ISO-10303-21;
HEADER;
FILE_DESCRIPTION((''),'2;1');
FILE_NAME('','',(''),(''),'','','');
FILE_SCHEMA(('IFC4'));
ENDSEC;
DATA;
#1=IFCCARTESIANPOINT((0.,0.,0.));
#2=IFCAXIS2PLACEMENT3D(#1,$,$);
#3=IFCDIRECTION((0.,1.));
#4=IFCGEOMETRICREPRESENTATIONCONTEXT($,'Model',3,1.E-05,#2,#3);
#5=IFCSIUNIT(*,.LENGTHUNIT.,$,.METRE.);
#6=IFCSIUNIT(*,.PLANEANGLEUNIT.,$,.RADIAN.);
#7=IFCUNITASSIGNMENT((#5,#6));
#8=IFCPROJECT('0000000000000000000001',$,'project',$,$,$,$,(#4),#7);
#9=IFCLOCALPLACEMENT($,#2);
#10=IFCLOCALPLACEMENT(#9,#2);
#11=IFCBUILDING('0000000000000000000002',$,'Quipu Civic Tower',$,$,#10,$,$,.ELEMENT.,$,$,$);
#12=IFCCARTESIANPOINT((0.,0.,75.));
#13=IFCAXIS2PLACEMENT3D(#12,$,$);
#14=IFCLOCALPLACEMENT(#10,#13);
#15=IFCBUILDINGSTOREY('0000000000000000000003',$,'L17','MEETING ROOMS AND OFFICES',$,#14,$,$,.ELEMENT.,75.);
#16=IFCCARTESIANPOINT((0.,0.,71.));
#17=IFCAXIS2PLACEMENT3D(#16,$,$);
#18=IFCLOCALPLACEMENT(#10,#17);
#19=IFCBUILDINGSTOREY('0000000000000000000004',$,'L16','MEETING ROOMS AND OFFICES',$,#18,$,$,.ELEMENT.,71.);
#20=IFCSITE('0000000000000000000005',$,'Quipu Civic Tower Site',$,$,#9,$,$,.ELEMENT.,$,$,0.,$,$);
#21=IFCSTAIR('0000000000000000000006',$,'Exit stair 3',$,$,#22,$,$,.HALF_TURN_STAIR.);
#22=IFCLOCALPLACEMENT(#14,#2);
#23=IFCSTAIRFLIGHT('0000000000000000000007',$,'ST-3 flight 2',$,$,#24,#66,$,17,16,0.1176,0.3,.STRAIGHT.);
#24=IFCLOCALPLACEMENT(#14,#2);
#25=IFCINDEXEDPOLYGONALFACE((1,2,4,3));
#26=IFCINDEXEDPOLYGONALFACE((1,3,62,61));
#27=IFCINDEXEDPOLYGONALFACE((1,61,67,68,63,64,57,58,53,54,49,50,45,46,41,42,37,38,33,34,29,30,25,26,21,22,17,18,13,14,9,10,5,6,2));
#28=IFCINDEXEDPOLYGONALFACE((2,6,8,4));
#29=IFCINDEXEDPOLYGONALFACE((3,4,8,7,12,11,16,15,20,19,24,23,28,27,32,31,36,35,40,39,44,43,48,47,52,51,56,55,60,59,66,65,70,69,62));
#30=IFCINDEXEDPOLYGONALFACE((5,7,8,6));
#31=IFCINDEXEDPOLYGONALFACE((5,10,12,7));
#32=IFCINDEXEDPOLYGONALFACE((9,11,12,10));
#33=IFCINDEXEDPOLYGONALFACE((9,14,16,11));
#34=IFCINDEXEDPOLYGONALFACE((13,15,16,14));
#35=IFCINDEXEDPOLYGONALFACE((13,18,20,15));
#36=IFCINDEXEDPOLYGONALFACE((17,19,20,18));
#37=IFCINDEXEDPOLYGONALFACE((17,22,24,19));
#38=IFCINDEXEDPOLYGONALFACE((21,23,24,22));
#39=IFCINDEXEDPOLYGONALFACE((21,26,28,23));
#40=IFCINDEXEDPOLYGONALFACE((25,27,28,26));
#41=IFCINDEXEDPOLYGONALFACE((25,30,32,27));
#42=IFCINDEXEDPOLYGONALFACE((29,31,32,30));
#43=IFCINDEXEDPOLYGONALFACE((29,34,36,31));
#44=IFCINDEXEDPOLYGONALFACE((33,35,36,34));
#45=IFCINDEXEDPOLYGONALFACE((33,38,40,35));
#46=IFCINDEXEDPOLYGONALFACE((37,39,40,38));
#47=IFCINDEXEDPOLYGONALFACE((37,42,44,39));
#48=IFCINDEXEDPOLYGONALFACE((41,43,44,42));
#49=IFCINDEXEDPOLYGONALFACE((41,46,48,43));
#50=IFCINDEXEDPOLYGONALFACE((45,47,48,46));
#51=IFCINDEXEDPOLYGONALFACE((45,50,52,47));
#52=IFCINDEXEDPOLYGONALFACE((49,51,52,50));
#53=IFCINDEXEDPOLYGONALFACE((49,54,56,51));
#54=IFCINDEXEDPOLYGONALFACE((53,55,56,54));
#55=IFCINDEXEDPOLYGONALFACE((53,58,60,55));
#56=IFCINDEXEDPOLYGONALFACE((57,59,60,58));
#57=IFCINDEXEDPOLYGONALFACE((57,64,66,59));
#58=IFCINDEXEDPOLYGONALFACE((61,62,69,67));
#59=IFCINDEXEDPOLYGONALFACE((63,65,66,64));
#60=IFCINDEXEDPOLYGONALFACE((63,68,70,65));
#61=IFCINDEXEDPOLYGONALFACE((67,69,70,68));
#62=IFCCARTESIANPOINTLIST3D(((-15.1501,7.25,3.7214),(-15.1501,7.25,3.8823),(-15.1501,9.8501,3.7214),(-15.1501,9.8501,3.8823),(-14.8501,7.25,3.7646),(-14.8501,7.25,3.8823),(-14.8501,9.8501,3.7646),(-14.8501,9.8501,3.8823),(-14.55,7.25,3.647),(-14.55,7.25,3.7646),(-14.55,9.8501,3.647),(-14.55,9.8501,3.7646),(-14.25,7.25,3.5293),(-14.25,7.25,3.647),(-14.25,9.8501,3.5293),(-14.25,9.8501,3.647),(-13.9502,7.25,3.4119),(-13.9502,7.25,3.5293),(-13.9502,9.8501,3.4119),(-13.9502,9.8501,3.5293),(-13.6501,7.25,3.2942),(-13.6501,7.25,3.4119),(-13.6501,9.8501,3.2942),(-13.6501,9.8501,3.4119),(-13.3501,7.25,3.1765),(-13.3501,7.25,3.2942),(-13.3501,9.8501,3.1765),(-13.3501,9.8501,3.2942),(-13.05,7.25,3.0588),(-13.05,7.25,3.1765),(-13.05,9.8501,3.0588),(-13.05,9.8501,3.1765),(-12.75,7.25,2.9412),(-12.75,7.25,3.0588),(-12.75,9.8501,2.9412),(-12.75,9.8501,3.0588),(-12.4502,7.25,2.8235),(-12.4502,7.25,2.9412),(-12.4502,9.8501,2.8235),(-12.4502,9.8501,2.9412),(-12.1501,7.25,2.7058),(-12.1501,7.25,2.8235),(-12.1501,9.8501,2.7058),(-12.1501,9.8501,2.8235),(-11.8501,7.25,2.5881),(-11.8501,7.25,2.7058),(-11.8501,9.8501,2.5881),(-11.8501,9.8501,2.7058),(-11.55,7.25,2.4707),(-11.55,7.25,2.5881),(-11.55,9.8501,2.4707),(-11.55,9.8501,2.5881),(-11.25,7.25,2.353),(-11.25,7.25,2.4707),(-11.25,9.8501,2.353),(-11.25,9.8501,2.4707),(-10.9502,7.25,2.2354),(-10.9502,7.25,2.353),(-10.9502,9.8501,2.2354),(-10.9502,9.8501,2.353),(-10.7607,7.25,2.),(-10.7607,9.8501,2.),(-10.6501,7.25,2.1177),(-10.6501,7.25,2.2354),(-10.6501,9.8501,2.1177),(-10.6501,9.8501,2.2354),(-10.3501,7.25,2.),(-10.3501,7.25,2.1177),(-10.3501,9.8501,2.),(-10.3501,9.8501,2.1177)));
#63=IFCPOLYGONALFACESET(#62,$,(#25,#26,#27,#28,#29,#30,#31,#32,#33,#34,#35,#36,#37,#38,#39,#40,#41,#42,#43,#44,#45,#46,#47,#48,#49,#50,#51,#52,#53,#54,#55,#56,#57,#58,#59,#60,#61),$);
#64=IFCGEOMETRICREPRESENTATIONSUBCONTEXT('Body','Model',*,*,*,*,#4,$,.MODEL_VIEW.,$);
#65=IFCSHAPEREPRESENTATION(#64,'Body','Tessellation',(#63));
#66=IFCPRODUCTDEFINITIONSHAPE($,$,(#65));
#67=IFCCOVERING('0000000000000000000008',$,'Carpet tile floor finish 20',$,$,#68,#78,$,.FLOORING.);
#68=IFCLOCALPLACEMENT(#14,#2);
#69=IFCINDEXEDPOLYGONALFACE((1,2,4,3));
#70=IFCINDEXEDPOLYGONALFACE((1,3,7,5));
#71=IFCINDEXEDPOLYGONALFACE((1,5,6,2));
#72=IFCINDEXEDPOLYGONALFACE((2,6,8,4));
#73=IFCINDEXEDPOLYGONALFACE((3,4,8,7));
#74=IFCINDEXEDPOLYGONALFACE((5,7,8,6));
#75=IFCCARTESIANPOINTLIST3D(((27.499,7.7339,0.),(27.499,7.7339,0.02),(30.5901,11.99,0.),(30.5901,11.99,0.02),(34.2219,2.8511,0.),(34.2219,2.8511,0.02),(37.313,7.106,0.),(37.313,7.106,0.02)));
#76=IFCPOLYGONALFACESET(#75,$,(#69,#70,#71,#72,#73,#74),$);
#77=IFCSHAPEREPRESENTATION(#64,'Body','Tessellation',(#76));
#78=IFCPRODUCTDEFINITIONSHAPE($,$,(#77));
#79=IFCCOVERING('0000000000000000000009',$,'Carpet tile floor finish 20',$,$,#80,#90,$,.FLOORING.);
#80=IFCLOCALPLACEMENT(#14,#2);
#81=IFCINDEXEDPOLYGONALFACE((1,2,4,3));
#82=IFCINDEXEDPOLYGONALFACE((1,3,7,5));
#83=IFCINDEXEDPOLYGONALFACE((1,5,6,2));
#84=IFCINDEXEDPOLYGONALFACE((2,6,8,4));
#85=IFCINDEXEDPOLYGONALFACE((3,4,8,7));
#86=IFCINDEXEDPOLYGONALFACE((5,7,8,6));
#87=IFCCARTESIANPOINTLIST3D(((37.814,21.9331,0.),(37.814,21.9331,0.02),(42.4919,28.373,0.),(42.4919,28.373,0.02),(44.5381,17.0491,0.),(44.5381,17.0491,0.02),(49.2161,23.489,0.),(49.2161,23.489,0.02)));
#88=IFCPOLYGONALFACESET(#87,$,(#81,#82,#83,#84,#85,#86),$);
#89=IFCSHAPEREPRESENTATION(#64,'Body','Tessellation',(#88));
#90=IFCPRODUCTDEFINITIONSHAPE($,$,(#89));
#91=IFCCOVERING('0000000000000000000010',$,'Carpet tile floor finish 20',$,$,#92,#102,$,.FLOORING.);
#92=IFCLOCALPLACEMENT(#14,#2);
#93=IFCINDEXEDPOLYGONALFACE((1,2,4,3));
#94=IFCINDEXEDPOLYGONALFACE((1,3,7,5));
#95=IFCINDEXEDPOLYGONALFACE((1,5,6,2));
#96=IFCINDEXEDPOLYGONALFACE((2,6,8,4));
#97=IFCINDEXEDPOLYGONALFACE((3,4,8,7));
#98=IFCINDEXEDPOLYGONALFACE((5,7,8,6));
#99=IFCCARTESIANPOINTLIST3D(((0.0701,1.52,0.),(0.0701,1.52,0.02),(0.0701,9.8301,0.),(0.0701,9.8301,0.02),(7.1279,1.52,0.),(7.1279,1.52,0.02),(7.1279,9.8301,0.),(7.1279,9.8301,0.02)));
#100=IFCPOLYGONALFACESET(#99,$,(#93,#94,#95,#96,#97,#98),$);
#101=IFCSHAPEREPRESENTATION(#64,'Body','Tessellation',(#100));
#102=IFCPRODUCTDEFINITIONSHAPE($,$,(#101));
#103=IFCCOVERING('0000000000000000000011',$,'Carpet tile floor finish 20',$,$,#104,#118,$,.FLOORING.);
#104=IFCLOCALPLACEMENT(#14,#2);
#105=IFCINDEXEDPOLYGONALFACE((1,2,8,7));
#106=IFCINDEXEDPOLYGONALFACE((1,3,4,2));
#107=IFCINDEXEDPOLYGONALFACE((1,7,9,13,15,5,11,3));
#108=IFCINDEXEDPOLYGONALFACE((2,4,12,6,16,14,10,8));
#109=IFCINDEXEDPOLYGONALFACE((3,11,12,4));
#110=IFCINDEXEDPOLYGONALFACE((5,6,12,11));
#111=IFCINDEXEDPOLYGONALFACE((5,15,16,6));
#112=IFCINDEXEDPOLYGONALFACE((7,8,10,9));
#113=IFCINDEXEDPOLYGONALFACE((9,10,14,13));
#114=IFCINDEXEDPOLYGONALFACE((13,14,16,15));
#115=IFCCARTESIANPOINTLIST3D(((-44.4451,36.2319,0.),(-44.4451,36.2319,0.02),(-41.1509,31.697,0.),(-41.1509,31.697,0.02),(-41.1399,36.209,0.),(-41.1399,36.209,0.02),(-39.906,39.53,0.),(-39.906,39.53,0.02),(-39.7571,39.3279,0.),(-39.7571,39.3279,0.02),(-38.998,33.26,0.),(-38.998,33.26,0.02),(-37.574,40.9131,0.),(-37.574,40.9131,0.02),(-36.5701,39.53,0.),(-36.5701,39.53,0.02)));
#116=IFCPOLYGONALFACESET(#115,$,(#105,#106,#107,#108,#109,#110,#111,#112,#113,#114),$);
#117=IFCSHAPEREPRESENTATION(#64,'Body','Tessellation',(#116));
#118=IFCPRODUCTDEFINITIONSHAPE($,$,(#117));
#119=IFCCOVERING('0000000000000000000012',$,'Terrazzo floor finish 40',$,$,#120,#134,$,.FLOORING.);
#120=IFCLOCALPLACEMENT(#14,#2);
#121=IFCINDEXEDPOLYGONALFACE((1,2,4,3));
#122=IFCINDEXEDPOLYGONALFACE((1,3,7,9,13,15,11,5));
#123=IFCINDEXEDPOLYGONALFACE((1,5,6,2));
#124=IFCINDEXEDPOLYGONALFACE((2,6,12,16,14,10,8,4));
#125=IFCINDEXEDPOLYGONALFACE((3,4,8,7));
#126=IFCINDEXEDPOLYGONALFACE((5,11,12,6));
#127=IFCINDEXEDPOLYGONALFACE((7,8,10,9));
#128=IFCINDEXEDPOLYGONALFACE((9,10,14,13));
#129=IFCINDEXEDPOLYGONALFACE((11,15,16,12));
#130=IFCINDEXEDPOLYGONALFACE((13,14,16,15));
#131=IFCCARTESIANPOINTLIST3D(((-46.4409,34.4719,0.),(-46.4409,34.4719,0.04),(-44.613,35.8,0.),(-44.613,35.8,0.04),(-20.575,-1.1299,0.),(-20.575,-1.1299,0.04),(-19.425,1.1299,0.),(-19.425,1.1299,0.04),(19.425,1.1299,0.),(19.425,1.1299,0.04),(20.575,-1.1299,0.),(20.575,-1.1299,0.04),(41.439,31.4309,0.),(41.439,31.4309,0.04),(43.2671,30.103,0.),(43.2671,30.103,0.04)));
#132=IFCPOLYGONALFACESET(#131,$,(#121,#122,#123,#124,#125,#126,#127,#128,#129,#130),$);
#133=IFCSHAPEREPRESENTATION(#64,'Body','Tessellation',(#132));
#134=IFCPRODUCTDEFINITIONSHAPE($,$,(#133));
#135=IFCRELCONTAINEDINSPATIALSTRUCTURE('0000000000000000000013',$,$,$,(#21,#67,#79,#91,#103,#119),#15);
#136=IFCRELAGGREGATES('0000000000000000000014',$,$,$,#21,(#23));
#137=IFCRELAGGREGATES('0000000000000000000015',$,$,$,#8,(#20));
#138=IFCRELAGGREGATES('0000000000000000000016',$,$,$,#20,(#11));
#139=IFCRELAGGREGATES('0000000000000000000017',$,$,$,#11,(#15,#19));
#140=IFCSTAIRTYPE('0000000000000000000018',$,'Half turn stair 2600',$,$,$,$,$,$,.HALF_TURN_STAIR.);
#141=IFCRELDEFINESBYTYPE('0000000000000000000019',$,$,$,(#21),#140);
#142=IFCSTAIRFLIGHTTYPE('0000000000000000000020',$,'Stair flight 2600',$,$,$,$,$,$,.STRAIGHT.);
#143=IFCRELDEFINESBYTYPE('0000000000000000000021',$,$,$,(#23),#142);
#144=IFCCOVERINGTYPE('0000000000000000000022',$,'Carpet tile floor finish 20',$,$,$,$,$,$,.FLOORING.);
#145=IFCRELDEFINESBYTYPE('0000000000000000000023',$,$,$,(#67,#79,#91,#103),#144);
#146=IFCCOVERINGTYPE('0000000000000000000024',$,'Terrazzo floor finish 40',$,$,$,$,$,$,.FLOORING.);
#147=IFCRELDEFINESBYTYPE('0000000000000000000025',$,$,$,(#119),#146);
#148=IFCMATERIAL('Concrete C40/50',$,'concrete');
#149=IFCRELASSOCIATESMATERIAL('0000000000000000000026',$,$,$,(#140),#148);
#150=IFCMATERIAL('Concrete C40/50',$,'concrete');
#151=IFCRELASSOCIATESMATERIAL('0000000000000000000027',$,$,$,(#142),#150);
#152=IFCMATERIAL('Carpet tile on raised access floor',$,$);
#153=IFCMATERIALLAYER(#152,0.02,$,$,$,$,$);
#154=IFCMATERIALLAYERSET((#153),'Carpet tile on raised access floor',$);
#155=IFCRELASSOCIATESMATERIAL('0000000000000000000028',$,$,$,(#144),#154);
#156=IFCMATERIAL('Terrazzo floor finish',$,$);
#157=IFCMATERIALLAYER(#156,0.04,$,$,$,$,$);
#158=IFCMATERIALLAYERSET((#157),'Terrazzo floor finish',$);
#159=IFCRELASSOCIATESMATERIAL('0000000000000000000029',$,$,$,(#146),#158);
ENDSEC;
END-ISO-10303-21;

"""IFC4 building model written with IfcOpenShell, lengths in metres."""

from ifc_helpers import new_model, si_unit, direction, frame, origin, place, context, subcontext, project, spatial, polyline, outline, extrude, material, layer, layer_set, type_object, element, aggregate, save


model = new_model("IFC4")

# Units and contexts
model_context = context("Model", 3, precision=1e-05, world=origin(), true_north=direction((0.0, 1.0)))
body_context = subcontext(model_context, "Body", "Model", "MODEL_VIEW")
ifc_project = project(units=[si_unit("LENGTHUNIT", "METRE"), si_unit("PLANEANGLEUNIT", "RADIAN")], contexts=[model_context])

# Site, building, storey
site_placement = place(None, origin())
site = spatial("IfcSite", under=ifc_project, at=site_placement, Name="Quipu Civic Tower Site", CompositionType="ELEMENT", RefElevation=0.0)
building_placement = place(site_placement, origin())
building = spatial("IfcBuilding", under=site, at=building_placement, Name="Quipu Civic Tower", CompositionType="ELEMENT")
storey_1_placement = place(building_placement, frame((0.0, 0.0, 75.0)))
storey_1 = spatial("IfcBuildingStorey", under=building, at=storey_1_placement, Name="L17", Description="MEETING ROOMS AND OFFICES", CompositionType="ELEMENT", Elevation=75.0)

# Shared definitions
storey_2_placement = place(building_placement, frame((0.0, 0.0, 71.0)))
storey_2 = spatial("IfcBuildingStorey", under=building, at=storey_2_placement, Name="L16", Description="MEETING ROOMS AND OFFICES", CompositionType="ELEMENT", Elevation=71.0)

# Stair
ifc_material_1 = material(Name="Concrete C40/50", Category="concrete")
stair_type_1 = type_object("IfcStairType", Name="Half turn stair 2600", PredefinedType="HALF_TURN_STAIR", material=ifc_material_1)
stair_1_placement = place(storey_1_placement, origin())
stair_1 = element("IfcStair", 1, at=stair_1_placement, inside=storey_1, type_object=stair_type_1, Name="Exit stair 3", PredefinedType="HALF_TURN_STAIR")

# Stair flight
ifc_material_2 = material(Name="Concrete C40/50", Category="concrete")
stair_flight_type = type_object("IfcStairFlightType", Name="Stair flight 2600", PredefinedType="STRAIGHT", material=ifc_material_2)
stair_flight_placement = place(storey_1_placement, frame((-10.3501, 8.55, 2.0), z_axis=(0.0, 0.0, 1.0), x_axis=(-1.0, 0.0, 0.0)))
stair_flight = element("IfcStairFlight", 2, at=stair_flight_placement, type_object=stair_flight_type, Name="ST-3 flight 2", NumberOfRisers=17, NumberOfTreads=16, PredefinedType="STRAIGHT", RiserHeight=0.1176, TreadLength=0.3, context=body_context, shape_type="SweptSolid", body=[
    extrude(outline(polyline([(0.0, 0.0), (0.0, 0.1177), (0.3, 0.1177), (0.3, 0.2354), (0.6001, 0.2354), (0.6001, 0.353), (0.8999, 0.353), (0.8999, 0.4707), (1.2, 0.4707), (1.2, 0.5881), (1.5, 0.5881), (1.5, 0.7058), (1.8, 0.7058), (1.8, 0.8235), (2.1001, 0.8235), (2.1001, 0.9412), (2.3999, 0.9412), (2.3999, 1.0588), (2.7, 1.0588), (2.7, 1.1765), (3.0, 1.1765), (3.0, 1.2942), (3.3, 1.2942), (3.3, 1.4119), (3.6001, 1.4119), (3.6001, 1.5293), (3.8999, 1.5293), (3.8999, 1.647), (4.2, 1.647), (4.2, 1.7646), (4.5, 1.7646), (4.5, 1.8823), (4.8, 1.8823), (4.8, 2.0), (4.8, 1.7214), (0.4106, 0.0), (0.0, 0.0)])), frame((0.0, 1.3, 0.0), z_axis=(0.0, -1.0, 0.0), x_axis=(1.0, 0.0, 0.0)), (0.0, 0.0, 1.0), 2.6001),
])
aggregate(stair_1, [stair_flight])

# Coverings
ifc_material_3 = material(Name="Carpet tile on raised access floor")
ifc_layer_1 = layer(ifc_material_3, 0.02)
ifc_layer_set_1 = layer_set([ifc_layer_1], Name="Carpet tile on raised access floor")
covering_type_1 = type_object("IfcCoveringType", Name="Carpet tile floor finish 20", PredefinedType="FLOORING", material=ifc_layer_set_1)
covering_1_placement = place(storey_1_placement, origin())
element("IfcCovering", 3, at=covering_1_placement, inside=storey_1, type_object=covering_type_1, Name="Carpet tile floor finish 20", PredefinedType="FLOORING", context=body_context, shape_type="SweptSolid", body=[
    extrude(outline(polyline([(27.499, 7.7339), (30.5901, 11.99), (37.313, 7.106), (34.2219, 2.8511), (27.499, 7.7339)])), origin(), (0.0, 0.0, 1.0), 0.02),
])
covering_2_placement = place(storey_1_placement, origin())
element("IfcCovering", 4, at=covering_2_placement, inside=storey_1, type_object=covering_type_1, Name="Carpet tile floor finish 20", PredefinedType="FLOORING", context=body_context, shape_type="SweptSolid", body=[
    extrude(outline(polyline([(37.814, 21.9331), (42.4919, 28.373), (49.2161, 23.489), (44.5381, 17.0491), (37.814, 21.9331)])), origin(), (0.0, 0.0, 1.0), 0.02),
])
covering_3_placement = place(storey_1_placement, origin())
element("IfcCovering", 5, at=covering_3_placement, inside=storey_1, type_object=covering_type_1, Name="Carpet tile floor finish 20", PredefinedType="FLOORING", context=body_context, shape_type="SweptSolid", body=[
    extrude(outline(polyline([(0.0701, 9.8301), (7.1279, 9.8301), (7.1279, 1.52), (0.0701, 1.52), (0.0701, 9.8301)])), origin(), (0.0, 0.0, 1.0), 0.02),
])
covering_4_placement = place(storey_1_placement, origin())
element("IfcCovering", 6, at=covering_4_placement, inside=storey_1, type_object=covering_type_1, Name="Carpet tile floor finish 20", PredefinedType="FLOORING", context=body_context, shape_type="SweptSolid", body=[
    extrude(outline(polyline([(-44.4451, 36.2319), (-39.906, 39.53), (-39.7571, 39.3279), (-37.574, 40.9131), (-36.5701, 39.53), (-41.1399, 36.209), (-38.998, 33.26), (-41.1509, 31.697), (-44.4451, 36.2319)])), origin(), (0.0, 0.0, 1.0), 0.02),
])
ifc_material_4 = material(Name="Terrazzo floor finish")
ifc_layer_2 = layer(ifc_material_4, 0.04)
ifc_layer_set_2 = layer_set([ifc_layer_2], Name="Terrazzo floor finish")
covering_type_2 = type_object("IfcCoveringType", Name="Terrazzo floor finish 40", PredefinedType="FLOORING", material=ifc_layer_set_2)
covering_5_placement = place(storey_1_placement, origin())
element("IfcCovering", 7, at=covering_5_placement, inside=storey_1, type_object=covering_type_2, Name="Terrazzo floor finish 40", PredefinedType="FLOORING", context=body_context, shape_type="SweptSolid", body=[
    extrude(outline(polyline([(20.575, -1.1299), (-20.575, -1.1299), (-46.4409, 34.4719), (-44.613, 35.8), (-19.425, 1.1299), (19.425, 1.1299), (41.439, 31.4309), (43.2671, 30.103), (20.575, -1.1299)])), origin(), (0.0, 0.0, 1.0), 0.04),
])

save(model, "model.ifc")
